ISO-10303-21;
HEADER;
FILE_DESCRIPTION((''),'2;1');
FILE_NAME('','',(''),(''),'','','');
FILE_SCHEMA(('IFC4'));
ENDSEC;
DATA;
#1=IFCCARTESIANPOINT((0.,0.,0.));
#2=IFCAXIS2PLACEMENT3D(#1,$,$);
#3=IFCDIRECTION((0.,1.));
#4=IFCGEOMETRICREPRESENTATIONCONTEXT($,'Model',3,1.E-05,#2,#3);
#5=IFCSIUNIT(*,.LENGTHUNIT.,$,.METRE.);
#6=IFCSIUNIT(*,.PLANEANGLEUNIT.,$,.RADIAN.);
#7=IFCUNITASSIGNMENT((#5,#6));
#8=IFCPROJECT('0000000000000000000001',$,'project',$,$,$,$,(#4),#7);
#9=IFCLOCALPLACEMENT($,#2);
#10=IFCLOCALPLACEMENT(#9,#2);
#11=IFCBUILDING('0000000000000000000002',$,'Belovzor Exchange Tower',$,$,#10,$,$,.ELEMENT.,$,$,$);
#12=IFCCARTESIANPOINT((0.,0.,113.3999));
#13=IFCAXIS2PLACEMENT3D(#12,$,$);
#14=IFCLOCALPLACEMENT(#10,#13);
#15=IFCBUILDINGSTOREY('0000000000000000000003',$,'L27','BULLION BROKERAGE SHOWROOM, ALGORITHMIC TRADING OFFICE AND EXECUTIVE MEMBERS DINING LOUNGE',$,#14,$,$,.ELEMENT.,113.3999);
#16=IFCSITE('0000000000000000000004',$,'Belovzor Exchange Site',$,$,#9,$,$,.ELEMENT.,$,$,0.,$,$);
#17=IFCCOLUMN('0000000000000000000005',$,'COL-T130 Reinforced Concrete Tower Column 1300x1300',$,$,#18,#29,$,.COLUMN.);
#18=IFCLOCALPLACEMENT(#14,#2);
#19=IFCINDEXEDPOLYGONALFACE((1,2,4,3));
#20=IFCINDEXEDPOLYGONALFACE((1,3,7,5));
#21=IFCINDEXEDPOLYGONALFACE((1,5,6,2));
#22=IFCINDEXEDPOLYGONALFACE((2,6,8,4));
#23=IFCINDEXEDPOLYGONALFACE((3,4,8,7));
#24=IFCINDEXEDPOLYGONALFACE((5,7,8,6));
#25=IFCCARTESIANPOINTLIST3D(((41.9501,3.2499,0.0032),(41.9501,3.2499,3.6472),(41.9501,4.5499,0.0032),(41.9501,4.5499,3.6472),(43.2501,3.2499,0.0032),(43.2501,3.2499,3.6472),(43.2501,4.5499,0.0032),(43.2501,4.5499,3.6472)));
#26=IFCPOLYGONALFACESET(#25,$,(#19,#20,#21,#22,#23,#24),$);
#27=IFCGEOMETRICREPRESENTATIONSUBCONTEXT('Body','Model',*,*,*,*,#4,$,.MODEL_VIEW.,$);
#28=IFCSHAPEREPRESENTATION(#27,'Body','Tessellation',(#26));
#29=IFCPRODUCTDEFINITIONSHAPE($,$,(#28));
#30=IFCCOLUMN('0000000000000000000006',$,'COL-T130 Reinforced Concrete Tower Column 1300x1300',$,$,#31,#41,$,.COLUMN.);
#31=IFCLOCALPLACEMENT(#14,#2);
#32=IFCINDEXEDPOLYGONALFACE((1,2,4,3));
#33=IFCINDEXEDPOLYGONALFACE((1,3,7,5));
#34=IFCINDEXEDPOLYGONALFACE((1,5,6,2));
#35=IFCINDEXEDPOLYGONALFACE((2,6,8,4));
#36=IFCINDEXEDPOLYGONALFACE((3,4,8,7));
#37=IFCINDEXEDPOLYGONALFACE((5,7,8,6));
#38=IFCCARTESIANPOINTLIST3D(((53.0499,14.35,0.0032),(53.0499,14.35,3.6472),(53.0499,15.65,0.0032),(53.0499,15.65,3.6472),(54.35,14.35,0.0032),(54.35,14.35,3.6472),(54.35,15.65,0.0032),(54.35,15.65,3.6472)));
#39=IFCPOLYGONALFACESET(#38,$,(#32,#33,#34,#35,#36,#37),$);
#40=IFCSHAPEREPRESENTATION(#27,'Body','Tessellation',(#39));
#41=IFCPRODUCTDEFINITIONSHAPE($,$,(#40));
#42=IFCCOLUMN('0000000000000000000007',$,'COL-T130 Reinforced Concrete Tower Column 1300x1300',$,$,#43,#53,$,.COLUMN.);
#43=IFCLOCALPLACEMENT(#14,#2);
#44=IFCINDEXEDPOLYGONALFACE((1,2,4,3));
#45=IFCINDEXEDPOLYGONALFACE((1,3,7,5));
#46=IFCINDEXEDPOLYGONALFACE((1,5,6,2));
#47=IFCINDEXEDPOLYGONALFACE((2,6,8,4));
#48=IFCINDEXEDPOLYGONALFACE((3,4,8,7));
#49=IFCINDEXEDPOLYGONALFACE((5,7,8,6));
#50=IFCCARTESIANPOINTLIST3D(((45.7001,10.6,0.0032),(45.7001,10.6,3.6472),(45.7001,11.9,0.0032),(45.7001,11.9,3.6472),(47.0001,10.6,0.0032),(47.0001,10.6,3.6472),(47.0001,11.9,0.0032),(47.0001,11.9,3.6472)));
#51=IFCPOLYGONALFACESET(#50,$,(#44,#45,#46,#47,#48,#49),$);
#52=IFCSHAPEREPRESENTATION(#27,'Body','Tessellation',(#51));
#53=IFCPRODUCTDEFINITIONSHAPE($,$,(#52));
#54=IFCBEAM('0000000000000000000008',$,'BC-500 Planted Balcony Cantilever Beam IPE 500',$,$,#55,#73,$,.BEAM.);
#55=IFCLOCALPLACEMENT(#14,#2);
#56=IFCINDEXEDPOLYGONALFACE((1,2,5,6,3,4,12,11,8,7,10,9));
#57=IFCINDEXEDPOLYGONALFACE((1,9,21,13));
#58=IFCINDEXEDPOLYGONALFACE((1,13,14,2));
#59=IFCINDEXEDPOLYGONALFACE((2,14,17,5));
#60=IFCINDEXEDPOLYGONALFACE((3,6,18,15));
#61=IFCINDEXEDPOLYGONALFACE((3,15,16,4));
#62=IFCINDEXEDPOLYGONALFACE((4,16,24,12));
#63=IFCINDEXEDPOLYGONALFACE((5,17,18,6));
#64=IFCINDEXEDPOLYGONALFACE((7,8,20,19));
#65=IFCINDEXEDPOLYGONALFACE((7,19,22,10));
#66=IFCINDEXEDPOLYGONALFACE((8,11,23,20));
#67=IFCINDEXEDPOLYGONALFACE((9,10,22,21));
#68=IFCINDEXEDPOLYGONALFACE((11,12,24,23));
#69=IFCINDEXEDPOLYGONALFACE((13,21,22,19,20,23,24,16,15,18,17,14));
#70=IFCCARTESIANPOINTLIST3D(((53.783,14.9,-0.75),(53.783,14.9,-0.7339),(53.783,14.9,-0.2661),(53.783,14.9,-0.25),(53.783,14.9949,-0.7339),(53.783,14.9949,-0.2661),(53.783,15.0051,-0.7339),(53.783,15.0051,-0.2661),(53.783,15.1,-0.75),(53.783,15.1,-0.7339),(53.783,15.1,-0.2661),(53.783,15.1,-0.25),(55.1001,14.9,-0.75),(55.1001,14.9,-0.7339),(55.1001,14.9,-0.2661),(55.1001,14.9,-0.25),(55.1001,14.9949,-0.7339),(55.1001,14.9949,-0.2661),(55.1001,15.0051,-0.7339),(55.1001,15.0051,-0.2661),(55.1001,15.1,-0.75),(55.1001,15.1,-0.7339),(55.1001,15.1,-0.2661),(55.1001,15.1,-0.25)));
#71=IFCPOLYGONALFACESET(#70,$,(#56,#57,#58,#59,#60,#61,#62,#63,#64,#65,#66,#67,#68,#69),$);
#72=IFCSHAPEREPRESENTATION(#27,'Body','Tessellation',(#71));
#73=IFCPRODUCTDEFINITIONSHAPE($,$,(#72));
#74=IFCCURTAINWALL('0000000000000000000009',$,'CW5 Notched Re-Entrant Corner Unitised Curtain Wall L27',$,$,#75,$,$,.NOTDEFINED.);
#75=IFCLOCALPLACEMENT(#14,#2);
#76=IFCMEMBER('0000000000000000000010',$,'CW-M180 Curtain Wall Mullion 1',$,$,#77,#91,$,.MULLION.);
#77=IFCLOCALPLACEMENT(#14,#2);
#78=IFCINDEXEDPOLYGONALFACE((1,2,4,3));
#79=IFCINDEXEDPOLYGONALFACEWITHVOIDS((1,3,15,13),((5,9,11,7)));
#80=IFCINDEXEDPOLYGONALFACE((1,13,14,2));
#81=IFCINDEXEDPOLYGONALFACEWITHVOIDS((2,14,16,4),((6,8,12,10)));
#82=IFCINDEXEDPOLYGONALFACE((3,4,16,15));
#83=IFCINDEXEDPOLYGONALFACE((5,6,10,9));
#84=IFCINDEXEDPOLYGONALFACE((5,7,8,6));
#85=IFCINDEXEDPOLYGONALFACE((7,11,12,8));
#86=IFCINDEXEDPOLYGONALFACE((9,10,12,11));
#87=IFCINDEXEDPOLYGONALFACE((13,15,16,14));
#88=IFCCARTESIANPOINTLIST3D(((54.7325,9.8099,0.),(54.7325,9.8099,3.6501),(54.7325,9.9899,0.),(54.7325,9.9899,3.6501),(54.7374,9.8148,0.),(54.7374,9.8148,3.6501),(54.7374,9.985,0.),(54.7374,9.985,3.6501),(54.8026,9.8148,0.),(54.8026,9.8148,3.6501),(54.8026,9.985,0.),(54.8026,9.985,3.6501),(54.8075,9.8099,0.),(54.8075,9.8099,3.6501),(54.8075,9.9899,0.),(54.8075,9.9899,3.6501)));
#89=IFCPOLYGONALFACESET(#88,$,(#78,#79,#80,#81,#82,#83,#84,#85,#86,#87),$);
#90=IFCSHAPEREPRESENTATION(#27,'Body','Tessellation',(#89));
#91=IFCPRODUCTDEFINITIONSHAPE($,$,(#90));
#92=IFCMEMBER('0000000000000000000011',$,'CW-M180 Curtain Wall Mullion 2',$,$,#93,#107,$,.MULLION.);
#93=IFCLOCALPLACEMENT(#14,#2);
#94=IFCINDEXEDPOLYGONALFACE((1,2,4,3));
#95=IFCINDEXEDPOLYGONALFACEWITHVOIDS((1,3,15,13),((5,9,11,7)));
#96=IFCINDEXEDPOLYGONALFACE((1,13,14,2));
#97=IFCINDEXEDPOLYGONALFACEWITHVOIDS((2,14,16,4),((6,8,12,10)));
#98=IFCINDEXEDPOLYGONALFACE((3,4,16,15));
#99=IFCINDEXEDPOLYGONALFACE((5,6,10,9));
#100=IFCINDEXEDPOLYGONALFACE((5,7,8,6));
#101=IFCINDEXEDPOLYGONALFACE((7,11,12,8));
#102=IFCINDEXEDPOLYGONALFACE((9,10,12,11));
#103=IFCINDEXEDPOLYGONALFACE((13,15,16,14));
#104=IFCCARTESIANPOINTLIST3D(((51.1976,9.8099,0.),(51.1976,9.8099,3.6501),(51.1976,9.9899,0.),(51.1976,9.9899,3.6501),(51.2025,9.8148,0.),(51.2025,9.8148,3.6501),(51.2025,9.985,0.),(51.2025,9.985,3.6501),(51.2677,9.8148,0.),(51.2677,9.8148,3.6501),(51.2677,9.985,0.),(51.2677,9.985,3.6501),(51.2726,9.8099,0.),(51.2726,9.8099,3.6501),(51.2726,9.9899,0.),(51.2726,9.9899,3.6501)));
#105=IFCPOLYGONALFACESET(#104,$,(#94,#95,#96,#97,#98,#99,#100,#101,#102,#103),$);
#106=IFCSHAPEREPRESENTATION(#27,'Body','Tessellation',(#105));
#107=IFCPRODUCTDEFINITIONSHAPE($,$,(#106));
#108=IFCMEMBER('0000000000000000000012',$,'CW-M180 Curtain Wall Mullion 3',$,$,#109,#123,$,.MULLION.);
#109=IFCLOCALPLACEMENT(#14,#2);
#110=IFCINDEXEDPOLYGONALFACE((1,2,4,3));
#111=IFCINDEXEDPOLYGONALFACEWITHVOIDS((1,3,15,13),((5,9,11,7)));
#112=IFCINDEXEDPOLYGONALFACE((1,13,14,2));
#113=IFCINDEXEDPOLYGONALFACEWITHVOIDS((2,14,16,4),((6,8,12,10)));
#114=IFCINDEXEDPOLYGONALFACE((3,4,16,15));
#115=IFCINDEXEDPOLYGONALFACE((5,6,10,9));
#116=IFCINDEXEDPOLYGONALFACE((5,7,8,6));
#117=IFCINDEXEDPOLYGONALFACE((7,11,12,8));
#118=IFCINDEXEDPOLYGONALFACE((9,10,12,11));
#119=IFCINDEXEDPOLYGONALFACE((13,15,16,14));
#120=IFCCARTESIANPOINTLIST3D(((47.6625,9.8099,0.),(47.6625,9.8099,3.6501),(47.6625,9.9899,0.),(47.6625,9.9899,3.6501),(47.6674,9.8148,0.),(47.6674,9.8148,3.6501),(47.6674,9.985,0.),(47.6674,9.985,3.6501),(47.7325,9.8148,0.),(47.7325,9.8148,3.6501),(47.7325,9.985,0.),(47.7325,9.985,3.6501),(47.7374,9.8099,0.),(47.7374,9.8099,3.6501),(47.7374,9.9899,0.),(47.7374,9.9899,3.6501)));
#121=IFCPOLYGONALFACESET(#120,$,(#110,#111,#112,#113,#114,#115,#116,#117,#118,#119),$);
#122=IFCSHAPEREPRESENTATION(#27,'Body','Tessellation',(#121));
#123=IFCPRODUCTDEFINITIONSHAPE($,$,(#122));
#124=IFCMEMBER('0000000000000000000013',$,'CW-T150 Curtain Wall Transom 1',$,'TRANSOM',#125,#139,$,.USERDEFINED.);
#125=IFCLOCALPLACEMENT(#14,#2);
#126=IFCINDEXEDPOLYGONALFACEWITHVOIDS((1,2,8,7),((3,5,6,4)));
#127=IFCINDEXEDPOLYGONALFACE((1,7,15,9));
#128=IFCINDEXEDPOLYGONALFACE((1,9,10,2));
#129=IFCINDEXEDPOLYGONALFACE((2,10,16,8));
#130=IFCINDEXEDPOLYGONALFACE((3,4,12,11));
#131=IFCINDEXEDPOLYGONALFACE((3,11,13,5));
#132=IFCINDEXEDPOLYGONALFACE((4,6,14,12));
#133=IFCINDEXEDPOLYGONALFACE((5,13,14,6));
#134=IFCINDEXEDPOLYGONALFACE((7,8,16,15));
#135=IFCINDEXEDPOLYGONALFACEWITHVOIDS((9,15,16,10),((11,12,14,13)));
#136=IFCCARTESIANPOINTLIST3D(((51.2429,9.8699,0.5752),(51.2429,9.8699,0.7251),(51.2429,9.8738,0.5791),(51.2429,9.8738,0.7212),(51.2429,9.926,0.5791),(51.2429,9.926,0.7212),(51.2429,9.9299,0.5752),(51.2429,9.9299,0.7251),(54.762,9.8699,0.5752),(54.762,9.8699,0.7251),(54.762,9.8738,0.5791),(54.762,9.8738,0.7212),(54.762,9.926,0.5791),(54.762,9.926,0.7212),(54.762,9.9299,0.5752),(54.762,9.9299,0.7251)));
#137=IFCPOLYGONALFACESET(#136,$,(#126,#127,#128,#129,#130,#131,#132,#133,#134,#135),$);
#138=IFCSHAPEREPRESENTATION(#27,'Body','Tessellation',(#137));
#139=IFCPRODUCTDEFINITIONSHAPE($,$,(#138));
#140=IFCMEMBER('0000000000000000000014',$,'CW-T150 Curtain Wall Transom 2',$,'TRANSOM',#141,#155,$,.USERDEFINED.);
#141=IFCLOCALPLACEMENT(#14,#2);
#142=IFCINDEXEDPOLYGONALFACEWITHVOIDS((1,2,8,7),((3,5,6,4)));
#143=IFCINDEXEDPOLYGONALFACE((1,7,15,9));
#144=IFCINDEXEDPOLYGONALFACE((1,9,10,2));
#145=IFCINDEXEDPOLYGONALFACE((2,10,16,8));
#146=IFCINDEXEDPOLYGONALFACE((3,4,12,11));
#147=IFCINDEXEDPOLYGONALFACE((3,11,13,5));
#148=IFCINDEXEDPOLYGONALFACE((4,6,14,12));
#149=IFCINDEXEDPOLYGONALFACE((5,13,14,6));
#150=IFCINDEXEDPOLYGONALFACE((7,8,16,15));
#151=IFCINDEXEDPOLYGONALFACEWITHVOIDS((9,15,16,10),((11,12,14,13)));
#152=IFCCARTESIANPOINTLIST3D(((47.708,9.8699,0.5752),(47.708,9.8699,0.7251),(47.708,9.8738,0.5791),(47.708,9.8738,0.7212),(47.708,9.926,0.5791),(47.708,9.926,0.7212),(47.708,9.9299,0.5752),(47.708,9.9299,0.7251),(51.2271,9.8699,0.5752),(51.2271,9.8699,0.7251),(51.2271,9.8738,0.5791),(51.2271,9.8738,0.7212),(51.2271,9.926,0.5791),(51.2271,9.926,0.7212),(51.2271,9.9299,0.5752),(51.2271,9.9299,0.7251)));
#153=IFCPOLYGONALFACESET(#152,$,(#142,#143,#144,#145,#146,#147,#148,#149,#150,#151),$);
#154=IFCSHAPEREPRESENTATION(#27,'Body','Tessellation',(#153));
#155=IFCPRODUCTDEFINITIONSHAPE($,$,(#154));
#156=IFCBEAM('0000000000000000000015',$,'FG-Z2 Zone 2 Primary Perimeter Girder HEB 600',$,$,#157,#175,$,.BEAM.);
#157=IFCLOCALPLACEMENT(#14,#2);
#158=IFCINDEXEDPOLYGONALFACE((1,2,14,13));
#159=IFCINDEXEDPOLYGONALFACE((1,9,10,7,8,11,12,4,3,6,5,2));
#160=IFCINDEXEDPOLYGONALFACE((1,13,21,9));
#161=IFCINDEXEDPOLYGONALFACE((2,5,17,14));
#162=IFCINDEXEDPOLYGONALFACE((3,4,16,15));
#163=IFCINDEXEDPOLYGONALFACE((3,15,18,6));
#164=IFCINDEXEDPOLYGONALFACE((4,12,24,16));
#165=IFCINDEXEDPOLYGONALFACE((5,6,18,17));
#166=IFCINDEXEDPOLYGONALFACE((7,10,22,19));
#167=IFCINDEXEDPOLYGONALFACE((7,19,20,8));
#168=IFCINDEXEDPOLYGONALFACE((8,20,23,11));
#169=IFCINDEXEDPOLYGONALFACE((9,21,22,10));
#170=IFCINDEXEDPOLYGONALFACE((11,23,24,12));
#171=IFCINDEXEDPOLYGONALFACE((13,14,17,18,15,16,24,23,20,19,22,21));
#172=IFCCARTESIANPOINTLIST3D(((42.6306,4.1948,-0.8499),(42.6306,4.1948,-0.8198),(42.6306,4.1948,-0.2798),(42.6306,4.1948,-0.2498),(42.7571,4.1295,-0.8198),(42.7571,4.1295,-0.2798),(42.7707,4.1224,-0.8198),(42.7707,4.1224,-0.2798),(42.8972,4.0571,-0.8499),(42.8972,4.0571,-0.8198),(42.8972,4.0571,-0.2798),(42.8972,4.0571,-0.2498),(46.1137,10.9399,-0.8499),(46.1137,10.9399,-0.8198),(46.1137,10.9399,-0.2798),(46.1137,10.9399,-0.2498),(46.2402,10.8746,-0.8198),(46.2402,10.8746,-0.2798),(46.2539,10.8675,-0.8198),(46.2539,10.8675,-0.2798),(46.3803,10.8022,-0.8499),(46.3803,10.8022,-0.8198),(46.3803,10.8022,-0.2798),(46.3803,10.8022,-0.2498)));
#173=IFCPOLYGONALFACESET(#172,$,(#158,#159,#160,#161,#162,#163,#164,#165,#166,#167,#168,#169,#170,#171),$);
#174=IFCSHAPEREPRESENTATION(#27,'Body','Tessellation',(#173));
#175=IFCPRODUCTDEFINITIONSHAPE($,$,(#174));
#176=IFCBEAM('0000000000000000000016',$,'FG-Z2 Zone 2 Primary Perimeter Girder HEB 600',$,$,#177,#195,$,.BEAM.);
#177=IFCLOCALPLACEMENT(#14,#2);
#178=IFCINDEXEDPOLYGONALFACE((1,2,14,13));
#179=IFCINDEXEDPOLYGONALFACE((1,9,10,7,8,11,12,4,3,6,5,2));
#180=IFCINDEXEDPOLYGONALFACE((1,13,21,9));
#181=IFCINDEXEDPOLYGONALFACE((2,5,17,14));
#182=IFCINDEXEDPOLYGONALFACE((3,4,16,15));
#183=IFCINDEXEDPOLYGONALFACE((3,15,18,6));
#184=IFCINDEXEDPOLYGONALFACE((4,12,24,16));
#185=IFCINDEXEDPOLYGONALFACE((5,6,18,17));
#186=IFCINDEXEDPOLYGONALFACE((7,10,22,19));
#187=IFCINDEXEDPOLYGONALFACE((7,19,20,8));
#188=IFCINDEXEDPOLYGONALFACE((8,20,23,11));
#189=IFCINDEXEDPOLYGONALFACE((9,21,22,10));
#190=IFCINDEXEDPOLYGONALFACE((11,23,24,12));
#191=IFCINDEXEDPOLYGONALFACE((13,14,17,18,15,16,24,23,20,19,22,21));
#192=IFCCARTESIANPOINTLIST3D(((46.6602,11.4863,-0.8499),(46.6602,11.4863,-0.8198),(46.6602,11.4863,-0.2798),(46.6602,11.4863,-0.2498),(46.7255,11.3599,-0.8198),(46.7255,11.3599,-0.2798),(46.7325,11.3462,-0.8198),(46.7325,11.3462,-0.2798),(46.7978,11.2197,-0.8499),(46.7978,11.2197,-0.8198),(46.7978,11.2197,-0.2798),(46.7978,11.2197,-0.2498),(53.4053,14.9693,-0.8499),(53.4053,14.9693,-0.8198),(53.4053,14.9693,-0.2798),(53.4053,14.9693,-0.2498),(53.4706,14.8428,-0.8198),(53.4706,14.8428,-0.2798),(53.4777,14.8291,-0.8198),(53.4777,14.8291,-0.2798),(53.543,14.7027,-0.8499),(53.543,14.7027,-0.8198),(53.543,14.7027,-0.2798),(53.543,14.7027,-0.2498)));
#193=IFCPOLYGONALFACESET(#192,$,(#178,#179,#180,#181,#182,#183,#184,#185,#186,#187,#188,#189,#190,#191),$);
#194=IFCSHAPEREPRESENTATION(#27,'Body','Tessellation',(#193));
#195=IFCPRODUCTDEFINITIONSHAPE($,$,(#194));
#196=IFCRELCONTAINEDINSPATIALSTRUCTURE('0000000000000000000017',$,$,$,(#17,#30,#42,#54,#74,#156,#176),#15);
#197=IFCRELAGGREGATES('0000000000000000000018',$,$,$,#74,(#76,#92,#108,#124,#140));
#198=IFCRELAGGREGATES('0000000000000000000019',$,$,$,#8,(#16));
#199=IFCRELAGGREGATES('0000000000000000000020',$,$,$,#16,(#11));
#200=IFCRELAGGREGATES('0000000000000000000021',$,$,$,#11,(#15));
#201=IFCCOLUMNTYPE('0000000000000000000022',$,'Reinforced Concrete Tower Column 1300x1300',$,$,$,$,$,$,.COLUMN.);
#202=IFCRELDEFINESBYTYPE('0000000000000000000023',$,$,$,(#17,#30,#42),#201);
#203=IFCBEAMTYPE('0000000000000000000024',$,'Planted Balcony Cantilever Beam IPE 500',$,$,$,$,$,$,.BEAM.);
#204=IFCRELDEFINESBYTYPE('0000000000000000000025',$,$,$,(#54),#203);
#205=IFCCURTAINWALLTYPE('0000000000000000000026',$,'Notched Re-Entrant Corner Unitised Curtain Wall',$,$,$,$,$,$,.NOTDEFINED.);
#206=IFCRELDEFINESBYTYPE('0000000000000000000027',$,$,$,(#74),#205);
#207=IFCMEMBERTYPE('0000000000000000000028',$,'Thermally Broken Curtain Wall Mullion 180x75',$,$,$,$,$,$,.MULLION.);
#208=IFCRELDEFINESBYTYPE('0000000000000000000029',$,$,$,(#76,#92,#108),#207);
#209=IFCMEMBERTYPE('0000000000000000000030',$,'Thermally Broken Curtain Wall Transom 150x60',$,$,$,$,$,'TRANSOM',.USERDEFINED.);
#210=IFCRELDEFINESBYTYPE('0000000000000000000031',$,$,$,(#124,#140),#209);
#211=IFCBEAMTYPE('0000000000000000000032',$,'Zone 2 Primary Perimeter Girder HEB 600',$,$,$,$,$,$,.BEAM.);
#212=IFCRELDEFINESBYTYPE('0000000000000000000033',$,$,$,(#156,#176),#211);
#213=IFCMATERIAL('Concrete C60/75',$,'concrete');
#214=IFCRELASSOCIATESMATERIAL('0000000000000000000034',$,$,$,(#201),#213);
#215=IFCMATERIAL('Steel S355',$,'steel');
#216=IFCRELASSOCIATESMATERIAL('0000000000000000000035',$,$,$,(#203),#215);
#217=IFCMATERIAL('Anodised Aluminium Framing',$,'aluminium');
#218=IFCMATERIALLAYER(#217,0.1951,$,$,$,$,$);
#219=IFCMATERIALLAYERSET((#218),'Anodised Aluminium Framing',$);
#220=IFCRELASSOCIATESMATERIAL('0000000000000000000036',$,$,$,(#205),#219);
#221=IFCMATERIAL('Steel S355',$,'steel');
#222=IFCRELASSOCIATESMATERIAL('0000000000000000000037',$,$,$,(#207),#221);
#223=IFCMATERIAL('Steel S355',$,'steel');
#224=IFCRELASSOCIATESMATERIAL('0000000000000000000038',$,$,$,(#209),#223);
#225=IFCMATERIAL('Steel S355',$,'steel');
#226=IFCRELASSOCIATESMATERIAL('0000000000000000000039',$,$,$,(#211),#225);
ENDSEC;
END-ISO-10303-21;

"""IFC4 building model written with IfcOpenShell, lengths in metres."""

from ifc_helpers import new_model, si_unit, direction, frame, origin, origin_2d, place, context, subcontext, project, spatial, rectangle, hollow_rectangle, i_section, extrude, material, layer, layer_set, material_profile, profile_set, type_object, element, aggregate, save


model = new_model("IFC4")

# Units and contexts
model_context = context("Model", 3, precision=1e-05, world=origin(), true_north=direction((0.0, 1.0)))
body_context = subcontext(model_context, "Body", "Model", "MODEL_VIEW")
ifc_project = project(units=[si_unit("LENGTHUNIT", "METRE"), si_unit("PLANEANGLEUNIT", "RADIAN")], contexts=[model_context])

# Site, building, storey
site_placement = place(None, origin())
site = spatial("IfcSite", under=ifc_project, at=site_placement, Name="Belovzor Exchange Site", CompositionType="ELEMENT", RefElevation=0.0)
building_placement = place(site_placement, origin())
building = spatial("IfcBuilding", under=site, at=building_placement, Name="Belovzor Exchange Tower", CompositionType="ELEMENT")
storey_placement = place(building_placement, frame((0.0, 0.0, 113.3999)))
storey = spatial("IfcBuildingStorey", under=building, at=storey_placement, Name="L27", Description="BULLION BROKERAGE SHOWROOM, ALGORITHMIC TRADING OFFICE AND EXECUTIVE MEMBERS DINING LOUNGE", CompositionType="ELEMENT", Elevation=113.3999)

# Columns
ifc_material_1 = material(Name="Concrete C60/75", Category="concrete")
ifc_material_profile_1 = material_profile(ifc_material_1, rectangle(XDim=1.3, YDim=1.3, at=origin_2d()))
ifc_profile_set_1 = profile_set([ifc_material_profile_1], Name="Concrete C60/75")
column_type = type_object("IfcColumnType", Name="Reinforced Concrete Tower Column 1300x1300", PredefinedType="COLUMN", material=ifc_profile_set_1)
for number, where, z_axis, x_axis, name in (
    (1, (42.6001, 3.8999, 0.0032), (0.0, 0.0, 1.0), (1.0, 0.0, 0.0), "COL-T130 Reinforced Concrete Tower Column 1300x1300"),
    (2, (53.7, 15.0, 0.0032), (0.0, 0.0, 1.0), (1.0, 0.0, 0.0), "COL-T130 Reinforced Concrete Tower Column 1300x1300"),
    (3, (46.3501, 11.25, 0.0032), (0.0, 0.0, 1.0), (1.0, 0.0, 0.0), "COL-T130 Reinforced Concrete Tower Column 1300x1300"),
):
    element("IfcColumn", number, at=place(storey_placement, frame(where, z_axis=z_axis, x_axis=x_axis)), inside=storey, type_object=column_type, Name=name, PredefinedType="COLUMN", context=body_context, shape_type="SweptSolid", body=[
        extrude(rectangle(XDim=1.3, YDim=1.3, at=origin_2d()), origin(), (0.0, 0.0, 1.0), 3.644),
    ])

# Beam
ifc_material_2 = material(Name="Steel S355", Category="steel")
ifc_material_profile_2 = material_profile(ifc_material_2, i_section(OverallWidth=0.2, OverallDepth=0.5, WebThickness=0.0103, FlangeThickness=0.0161, at=origin_2d()))
ifc_profile_set_2 = profile_set([ifc_material_profile_2], Name="Steel S355")
beam_type_1 = type_object("IfcBeamType", Name="Planted Balcony Cantilever Beam IPE 500", PredefinedType="BEAM", material=ifc_profile_set_2)
beam_placement = place(storey_placement, frame((53.783, 15.0, -0.5), z_axis=(1.0, 0.0, 0.0), x_axis=(0.0, 1.0, 0.0)))
element("IfcBeam", 4, at=beam_placement, inside=storey, type_object=beam_type_1, Name="BC-500 Planted Balcony Cantilever Beam IPE 500", PredefinedType="BEAM", context=body_context, shape_type="SweptSolid", body=[
    extrude(i_section(OverallWidth=0.2, OverallDepth=0.5, WebThickness=0.0103, FlangeThickness=0.0161, at=origin_2d()), origin(), (0.0, 0.0, 1.0), 1.3171),
])

# Curtain wall, members
ifc_material_3 = material(Name="Anodised Aluminium Framing", Category="aluminium")
ifc_layer_1 = layer(ifc_material_3, 0.1951)
ifc_layer_set_1 = layer_set([ifc_layer_1], Name="Anodised Aluminium Framing")
curtain_wall_type = type_object("IfcCurtainWallType", Name="Notched Re-Entrant Corner Unitised Curtain Wall", PredefinedType="NOTDEFINED", material=ifc_layer_set_1)
curtain_wall_placement = place(storey_placement, origin())
curtain_wall = element("IfcCurtainWall", 5, at=curtain_wall_placement, inside=storey, type_object=curtain_wall_type, Name="CW5 Notched Re-Entrant Corner Unitised Curtain Wall L27", PredefinedType="NOTDEFINED")
ifc_material_4 = material(Name="Steel S355", Category="steel")
ifc_material_profile_3 = material_profile(ifc_material_4, hollow_rectangle(XDim=0.075, YDim=0.1799, WallThickness=0.0049, at=origin_2d()))
ifc_profile_set_3 = profile_set([ifc_material_profile_3], Name="Steel S355")
member_type_1 = type_object("IfcMemberType", Name="Thermally Broken Curtain Wall Mullion 180x75", PredefinedType="MULLION", material=ifc_profile_set_3)
member_1_placement = place(storey_placement, frame((54.77, 9.8999, 0.0), z_axis=(0.0, 0.0, 1.0), x_axis=(-1.0, 0.0, 0.0)))
member_1 = element("IfcMember", 6, at=member_1_placement, type_object=member_type_1, Name="CW-M180 Curtain Wall Mullion 1", PredefinedType="MULLION", context=body_context, shape_type="SweptSolid", body=[
    extrude(hollow_rectangle(XDim=0.075, YDim=0.1799, WallThickness=0.0049, at=origin_2d()), origin(), (0.0, 0.0, 1.0), 3.6501),
])
member_2_placement = place(storey_placement, frame((51.2351, 9.8999, 0.0), z_axis=(0.0, 0.0, 1.0), x_axis=(-1.0, 0.0, 0.0)))
member_2 = element("IfcMember", 7, at=member_2_placement, type_object=member_type_1, Name="CW-M180 Curtain Wall Mullion 2", PredefinedType="MULLION", context=body_context, shape_type="SweptSolid", body=[
    extrude(hollow_rectangle(XDim=0.075, YDim=0.1799, WallThickness=0.0049, at=origin_2d()), origin(), (0.0, 0.0, 1.0), 3.6501),
])
member_3_placement = place(storey_placement, frame((47.7, 9.8999, 0.0), z_axis=(0.0, 0.0, 1.0), x_axis=(-1.0, 0.0, 0.0)))
member_3 = element("IfcMember", 8, at=member_3_placement, type_object=member_type_1, Name="CW-M180 Curtain Wall Mullion 3", PredefinedType="MULLION", context=body_context, shape_type="SweptSolid", body=[
    extrude(hollow_rectangle(XDim=0.075, YDim=0.1799, WallThickness=0.0049, at=origin_2d()), origin(), (0.0, 0.0, 1.0), 3.6501),
])
ifc_material_5 = material(Name="Steel S355", Category="steel")
ifc_material_profile_4 = material_profile(ifc_material_5, hollow_rectangle(XDim=0.0601, YDim=0.1499, WallThickness=0.0039, at=origin_2d()))
ifc_profile_set_4 = profile_set([ifc_material_profile_4], Name="Steel S355")
member_type_2 = type_object("IfcMemberType", Name="Thermally Broken Curtain Wall Transom 150x60", ElementType="TRANSOM", PredefinedType="USERDEFINED", material=ifc_profile_set_4)
member_4_placement = place(storey_placement, frame((54.762, 9.8999, 0.6501), z_axis=(-1.0, 0.0, 0.0), x_axis=(0.0, -1.0, 0.0)))
member_4 = element("IfcMember", 9, at=member_4_placement, type_object=member_type_2, Name="CW-T150 Curtain Wall Transom 1", ObjectType="TRANSOM", PredefinedType="USERDEFINED", context=body_context, shape_type="SweptSolid", body=[
    extrude(hollow_rectangle(XDim=0.0601, YDim=0.1499, WallThickness=0.0039, at=origin_2d()), origin(), (0.0, 0.0, 1.0), 3.519),
])
member_5_placement = place(storey_placement, frame((51.2271, 9.8999, 0.6501), z_axis=(-1.0, 0.0, 0.0), x_axis=(0.0, -1.0, 0.0)))
member_5 = element("IfcMember", 10, at=member_5_placement, type_object=member_type_2, Name="CW-T150 Curtain Wall Transom 2", ObjectType="TRANSOM", PredefinedType="USERDEFINED", context=body_context, shape_type="SweptSolid", body=[
    extrude(hollow_rectangle(XDim=0.0601, YDim=0.1499, WallThickness=0.0039, at=origin_2d()), origin(), (0.0, 0.0, 1.0), 3.519),
])

# Beams
ifc_material_6 = material(Name="Steel S355", Category="steel")
ifc_material_profile_5 = material_profile(ifc_material_6, i_section(OverallWidth=0.3, OverallDepth=0.6001, WebThickness=0.0154, FlangeThickness=0.03, at=origin_2d()))
ifc_profile_set_5 = profile_set([ifc_material_profile_5], Name="Steel S355")
beam_type_2 = type_object("IfcBeamType", Name="Zone 2 Primary Perimeter Girder HEB 600", PredefinedType="BEAM", material=ifc_profile_set_5)
for number, where, z_axis, x_axis, name in (
    (11, (42.7639, 4.126, -0.5498), (0.458831, 0.888524, 0.0), (-0.888524, 0.458831, 0.0), "FG-Z2 Zone 2 Primary Perimeter Girder HEB 600"),
    (12, (46.729, 11.353, -0.5498), (0.888537, 0.458805, 0.0), (-0.458805, 0.888537, 0.0), "FG-Z2 Zone 2 Primary Perimeter Girder HEB 600"),
):
    element("IfcBeam", number, at=place(storey_placement, frame(where, z_axis=z_axis, x_axis=x_axis)), inside=storey, type_object=beam_type_2, Name=name, PredefinedType="BEAM", context=body_context, shape_type="SweptSolid", body=[
        extrude(i_section(OverallWidth=0.3, OverallDepth=0.6001, WebThickness=0.0154, FlangeThickness=0.03, at=origin_2d()), origin(), (0.0, 0.0, 1.0), 7.5913),
    ])

aggregate(curtain_wall, [member_1, member_2, member_3, member_4, member_5])

save(model, "model.ifc")
